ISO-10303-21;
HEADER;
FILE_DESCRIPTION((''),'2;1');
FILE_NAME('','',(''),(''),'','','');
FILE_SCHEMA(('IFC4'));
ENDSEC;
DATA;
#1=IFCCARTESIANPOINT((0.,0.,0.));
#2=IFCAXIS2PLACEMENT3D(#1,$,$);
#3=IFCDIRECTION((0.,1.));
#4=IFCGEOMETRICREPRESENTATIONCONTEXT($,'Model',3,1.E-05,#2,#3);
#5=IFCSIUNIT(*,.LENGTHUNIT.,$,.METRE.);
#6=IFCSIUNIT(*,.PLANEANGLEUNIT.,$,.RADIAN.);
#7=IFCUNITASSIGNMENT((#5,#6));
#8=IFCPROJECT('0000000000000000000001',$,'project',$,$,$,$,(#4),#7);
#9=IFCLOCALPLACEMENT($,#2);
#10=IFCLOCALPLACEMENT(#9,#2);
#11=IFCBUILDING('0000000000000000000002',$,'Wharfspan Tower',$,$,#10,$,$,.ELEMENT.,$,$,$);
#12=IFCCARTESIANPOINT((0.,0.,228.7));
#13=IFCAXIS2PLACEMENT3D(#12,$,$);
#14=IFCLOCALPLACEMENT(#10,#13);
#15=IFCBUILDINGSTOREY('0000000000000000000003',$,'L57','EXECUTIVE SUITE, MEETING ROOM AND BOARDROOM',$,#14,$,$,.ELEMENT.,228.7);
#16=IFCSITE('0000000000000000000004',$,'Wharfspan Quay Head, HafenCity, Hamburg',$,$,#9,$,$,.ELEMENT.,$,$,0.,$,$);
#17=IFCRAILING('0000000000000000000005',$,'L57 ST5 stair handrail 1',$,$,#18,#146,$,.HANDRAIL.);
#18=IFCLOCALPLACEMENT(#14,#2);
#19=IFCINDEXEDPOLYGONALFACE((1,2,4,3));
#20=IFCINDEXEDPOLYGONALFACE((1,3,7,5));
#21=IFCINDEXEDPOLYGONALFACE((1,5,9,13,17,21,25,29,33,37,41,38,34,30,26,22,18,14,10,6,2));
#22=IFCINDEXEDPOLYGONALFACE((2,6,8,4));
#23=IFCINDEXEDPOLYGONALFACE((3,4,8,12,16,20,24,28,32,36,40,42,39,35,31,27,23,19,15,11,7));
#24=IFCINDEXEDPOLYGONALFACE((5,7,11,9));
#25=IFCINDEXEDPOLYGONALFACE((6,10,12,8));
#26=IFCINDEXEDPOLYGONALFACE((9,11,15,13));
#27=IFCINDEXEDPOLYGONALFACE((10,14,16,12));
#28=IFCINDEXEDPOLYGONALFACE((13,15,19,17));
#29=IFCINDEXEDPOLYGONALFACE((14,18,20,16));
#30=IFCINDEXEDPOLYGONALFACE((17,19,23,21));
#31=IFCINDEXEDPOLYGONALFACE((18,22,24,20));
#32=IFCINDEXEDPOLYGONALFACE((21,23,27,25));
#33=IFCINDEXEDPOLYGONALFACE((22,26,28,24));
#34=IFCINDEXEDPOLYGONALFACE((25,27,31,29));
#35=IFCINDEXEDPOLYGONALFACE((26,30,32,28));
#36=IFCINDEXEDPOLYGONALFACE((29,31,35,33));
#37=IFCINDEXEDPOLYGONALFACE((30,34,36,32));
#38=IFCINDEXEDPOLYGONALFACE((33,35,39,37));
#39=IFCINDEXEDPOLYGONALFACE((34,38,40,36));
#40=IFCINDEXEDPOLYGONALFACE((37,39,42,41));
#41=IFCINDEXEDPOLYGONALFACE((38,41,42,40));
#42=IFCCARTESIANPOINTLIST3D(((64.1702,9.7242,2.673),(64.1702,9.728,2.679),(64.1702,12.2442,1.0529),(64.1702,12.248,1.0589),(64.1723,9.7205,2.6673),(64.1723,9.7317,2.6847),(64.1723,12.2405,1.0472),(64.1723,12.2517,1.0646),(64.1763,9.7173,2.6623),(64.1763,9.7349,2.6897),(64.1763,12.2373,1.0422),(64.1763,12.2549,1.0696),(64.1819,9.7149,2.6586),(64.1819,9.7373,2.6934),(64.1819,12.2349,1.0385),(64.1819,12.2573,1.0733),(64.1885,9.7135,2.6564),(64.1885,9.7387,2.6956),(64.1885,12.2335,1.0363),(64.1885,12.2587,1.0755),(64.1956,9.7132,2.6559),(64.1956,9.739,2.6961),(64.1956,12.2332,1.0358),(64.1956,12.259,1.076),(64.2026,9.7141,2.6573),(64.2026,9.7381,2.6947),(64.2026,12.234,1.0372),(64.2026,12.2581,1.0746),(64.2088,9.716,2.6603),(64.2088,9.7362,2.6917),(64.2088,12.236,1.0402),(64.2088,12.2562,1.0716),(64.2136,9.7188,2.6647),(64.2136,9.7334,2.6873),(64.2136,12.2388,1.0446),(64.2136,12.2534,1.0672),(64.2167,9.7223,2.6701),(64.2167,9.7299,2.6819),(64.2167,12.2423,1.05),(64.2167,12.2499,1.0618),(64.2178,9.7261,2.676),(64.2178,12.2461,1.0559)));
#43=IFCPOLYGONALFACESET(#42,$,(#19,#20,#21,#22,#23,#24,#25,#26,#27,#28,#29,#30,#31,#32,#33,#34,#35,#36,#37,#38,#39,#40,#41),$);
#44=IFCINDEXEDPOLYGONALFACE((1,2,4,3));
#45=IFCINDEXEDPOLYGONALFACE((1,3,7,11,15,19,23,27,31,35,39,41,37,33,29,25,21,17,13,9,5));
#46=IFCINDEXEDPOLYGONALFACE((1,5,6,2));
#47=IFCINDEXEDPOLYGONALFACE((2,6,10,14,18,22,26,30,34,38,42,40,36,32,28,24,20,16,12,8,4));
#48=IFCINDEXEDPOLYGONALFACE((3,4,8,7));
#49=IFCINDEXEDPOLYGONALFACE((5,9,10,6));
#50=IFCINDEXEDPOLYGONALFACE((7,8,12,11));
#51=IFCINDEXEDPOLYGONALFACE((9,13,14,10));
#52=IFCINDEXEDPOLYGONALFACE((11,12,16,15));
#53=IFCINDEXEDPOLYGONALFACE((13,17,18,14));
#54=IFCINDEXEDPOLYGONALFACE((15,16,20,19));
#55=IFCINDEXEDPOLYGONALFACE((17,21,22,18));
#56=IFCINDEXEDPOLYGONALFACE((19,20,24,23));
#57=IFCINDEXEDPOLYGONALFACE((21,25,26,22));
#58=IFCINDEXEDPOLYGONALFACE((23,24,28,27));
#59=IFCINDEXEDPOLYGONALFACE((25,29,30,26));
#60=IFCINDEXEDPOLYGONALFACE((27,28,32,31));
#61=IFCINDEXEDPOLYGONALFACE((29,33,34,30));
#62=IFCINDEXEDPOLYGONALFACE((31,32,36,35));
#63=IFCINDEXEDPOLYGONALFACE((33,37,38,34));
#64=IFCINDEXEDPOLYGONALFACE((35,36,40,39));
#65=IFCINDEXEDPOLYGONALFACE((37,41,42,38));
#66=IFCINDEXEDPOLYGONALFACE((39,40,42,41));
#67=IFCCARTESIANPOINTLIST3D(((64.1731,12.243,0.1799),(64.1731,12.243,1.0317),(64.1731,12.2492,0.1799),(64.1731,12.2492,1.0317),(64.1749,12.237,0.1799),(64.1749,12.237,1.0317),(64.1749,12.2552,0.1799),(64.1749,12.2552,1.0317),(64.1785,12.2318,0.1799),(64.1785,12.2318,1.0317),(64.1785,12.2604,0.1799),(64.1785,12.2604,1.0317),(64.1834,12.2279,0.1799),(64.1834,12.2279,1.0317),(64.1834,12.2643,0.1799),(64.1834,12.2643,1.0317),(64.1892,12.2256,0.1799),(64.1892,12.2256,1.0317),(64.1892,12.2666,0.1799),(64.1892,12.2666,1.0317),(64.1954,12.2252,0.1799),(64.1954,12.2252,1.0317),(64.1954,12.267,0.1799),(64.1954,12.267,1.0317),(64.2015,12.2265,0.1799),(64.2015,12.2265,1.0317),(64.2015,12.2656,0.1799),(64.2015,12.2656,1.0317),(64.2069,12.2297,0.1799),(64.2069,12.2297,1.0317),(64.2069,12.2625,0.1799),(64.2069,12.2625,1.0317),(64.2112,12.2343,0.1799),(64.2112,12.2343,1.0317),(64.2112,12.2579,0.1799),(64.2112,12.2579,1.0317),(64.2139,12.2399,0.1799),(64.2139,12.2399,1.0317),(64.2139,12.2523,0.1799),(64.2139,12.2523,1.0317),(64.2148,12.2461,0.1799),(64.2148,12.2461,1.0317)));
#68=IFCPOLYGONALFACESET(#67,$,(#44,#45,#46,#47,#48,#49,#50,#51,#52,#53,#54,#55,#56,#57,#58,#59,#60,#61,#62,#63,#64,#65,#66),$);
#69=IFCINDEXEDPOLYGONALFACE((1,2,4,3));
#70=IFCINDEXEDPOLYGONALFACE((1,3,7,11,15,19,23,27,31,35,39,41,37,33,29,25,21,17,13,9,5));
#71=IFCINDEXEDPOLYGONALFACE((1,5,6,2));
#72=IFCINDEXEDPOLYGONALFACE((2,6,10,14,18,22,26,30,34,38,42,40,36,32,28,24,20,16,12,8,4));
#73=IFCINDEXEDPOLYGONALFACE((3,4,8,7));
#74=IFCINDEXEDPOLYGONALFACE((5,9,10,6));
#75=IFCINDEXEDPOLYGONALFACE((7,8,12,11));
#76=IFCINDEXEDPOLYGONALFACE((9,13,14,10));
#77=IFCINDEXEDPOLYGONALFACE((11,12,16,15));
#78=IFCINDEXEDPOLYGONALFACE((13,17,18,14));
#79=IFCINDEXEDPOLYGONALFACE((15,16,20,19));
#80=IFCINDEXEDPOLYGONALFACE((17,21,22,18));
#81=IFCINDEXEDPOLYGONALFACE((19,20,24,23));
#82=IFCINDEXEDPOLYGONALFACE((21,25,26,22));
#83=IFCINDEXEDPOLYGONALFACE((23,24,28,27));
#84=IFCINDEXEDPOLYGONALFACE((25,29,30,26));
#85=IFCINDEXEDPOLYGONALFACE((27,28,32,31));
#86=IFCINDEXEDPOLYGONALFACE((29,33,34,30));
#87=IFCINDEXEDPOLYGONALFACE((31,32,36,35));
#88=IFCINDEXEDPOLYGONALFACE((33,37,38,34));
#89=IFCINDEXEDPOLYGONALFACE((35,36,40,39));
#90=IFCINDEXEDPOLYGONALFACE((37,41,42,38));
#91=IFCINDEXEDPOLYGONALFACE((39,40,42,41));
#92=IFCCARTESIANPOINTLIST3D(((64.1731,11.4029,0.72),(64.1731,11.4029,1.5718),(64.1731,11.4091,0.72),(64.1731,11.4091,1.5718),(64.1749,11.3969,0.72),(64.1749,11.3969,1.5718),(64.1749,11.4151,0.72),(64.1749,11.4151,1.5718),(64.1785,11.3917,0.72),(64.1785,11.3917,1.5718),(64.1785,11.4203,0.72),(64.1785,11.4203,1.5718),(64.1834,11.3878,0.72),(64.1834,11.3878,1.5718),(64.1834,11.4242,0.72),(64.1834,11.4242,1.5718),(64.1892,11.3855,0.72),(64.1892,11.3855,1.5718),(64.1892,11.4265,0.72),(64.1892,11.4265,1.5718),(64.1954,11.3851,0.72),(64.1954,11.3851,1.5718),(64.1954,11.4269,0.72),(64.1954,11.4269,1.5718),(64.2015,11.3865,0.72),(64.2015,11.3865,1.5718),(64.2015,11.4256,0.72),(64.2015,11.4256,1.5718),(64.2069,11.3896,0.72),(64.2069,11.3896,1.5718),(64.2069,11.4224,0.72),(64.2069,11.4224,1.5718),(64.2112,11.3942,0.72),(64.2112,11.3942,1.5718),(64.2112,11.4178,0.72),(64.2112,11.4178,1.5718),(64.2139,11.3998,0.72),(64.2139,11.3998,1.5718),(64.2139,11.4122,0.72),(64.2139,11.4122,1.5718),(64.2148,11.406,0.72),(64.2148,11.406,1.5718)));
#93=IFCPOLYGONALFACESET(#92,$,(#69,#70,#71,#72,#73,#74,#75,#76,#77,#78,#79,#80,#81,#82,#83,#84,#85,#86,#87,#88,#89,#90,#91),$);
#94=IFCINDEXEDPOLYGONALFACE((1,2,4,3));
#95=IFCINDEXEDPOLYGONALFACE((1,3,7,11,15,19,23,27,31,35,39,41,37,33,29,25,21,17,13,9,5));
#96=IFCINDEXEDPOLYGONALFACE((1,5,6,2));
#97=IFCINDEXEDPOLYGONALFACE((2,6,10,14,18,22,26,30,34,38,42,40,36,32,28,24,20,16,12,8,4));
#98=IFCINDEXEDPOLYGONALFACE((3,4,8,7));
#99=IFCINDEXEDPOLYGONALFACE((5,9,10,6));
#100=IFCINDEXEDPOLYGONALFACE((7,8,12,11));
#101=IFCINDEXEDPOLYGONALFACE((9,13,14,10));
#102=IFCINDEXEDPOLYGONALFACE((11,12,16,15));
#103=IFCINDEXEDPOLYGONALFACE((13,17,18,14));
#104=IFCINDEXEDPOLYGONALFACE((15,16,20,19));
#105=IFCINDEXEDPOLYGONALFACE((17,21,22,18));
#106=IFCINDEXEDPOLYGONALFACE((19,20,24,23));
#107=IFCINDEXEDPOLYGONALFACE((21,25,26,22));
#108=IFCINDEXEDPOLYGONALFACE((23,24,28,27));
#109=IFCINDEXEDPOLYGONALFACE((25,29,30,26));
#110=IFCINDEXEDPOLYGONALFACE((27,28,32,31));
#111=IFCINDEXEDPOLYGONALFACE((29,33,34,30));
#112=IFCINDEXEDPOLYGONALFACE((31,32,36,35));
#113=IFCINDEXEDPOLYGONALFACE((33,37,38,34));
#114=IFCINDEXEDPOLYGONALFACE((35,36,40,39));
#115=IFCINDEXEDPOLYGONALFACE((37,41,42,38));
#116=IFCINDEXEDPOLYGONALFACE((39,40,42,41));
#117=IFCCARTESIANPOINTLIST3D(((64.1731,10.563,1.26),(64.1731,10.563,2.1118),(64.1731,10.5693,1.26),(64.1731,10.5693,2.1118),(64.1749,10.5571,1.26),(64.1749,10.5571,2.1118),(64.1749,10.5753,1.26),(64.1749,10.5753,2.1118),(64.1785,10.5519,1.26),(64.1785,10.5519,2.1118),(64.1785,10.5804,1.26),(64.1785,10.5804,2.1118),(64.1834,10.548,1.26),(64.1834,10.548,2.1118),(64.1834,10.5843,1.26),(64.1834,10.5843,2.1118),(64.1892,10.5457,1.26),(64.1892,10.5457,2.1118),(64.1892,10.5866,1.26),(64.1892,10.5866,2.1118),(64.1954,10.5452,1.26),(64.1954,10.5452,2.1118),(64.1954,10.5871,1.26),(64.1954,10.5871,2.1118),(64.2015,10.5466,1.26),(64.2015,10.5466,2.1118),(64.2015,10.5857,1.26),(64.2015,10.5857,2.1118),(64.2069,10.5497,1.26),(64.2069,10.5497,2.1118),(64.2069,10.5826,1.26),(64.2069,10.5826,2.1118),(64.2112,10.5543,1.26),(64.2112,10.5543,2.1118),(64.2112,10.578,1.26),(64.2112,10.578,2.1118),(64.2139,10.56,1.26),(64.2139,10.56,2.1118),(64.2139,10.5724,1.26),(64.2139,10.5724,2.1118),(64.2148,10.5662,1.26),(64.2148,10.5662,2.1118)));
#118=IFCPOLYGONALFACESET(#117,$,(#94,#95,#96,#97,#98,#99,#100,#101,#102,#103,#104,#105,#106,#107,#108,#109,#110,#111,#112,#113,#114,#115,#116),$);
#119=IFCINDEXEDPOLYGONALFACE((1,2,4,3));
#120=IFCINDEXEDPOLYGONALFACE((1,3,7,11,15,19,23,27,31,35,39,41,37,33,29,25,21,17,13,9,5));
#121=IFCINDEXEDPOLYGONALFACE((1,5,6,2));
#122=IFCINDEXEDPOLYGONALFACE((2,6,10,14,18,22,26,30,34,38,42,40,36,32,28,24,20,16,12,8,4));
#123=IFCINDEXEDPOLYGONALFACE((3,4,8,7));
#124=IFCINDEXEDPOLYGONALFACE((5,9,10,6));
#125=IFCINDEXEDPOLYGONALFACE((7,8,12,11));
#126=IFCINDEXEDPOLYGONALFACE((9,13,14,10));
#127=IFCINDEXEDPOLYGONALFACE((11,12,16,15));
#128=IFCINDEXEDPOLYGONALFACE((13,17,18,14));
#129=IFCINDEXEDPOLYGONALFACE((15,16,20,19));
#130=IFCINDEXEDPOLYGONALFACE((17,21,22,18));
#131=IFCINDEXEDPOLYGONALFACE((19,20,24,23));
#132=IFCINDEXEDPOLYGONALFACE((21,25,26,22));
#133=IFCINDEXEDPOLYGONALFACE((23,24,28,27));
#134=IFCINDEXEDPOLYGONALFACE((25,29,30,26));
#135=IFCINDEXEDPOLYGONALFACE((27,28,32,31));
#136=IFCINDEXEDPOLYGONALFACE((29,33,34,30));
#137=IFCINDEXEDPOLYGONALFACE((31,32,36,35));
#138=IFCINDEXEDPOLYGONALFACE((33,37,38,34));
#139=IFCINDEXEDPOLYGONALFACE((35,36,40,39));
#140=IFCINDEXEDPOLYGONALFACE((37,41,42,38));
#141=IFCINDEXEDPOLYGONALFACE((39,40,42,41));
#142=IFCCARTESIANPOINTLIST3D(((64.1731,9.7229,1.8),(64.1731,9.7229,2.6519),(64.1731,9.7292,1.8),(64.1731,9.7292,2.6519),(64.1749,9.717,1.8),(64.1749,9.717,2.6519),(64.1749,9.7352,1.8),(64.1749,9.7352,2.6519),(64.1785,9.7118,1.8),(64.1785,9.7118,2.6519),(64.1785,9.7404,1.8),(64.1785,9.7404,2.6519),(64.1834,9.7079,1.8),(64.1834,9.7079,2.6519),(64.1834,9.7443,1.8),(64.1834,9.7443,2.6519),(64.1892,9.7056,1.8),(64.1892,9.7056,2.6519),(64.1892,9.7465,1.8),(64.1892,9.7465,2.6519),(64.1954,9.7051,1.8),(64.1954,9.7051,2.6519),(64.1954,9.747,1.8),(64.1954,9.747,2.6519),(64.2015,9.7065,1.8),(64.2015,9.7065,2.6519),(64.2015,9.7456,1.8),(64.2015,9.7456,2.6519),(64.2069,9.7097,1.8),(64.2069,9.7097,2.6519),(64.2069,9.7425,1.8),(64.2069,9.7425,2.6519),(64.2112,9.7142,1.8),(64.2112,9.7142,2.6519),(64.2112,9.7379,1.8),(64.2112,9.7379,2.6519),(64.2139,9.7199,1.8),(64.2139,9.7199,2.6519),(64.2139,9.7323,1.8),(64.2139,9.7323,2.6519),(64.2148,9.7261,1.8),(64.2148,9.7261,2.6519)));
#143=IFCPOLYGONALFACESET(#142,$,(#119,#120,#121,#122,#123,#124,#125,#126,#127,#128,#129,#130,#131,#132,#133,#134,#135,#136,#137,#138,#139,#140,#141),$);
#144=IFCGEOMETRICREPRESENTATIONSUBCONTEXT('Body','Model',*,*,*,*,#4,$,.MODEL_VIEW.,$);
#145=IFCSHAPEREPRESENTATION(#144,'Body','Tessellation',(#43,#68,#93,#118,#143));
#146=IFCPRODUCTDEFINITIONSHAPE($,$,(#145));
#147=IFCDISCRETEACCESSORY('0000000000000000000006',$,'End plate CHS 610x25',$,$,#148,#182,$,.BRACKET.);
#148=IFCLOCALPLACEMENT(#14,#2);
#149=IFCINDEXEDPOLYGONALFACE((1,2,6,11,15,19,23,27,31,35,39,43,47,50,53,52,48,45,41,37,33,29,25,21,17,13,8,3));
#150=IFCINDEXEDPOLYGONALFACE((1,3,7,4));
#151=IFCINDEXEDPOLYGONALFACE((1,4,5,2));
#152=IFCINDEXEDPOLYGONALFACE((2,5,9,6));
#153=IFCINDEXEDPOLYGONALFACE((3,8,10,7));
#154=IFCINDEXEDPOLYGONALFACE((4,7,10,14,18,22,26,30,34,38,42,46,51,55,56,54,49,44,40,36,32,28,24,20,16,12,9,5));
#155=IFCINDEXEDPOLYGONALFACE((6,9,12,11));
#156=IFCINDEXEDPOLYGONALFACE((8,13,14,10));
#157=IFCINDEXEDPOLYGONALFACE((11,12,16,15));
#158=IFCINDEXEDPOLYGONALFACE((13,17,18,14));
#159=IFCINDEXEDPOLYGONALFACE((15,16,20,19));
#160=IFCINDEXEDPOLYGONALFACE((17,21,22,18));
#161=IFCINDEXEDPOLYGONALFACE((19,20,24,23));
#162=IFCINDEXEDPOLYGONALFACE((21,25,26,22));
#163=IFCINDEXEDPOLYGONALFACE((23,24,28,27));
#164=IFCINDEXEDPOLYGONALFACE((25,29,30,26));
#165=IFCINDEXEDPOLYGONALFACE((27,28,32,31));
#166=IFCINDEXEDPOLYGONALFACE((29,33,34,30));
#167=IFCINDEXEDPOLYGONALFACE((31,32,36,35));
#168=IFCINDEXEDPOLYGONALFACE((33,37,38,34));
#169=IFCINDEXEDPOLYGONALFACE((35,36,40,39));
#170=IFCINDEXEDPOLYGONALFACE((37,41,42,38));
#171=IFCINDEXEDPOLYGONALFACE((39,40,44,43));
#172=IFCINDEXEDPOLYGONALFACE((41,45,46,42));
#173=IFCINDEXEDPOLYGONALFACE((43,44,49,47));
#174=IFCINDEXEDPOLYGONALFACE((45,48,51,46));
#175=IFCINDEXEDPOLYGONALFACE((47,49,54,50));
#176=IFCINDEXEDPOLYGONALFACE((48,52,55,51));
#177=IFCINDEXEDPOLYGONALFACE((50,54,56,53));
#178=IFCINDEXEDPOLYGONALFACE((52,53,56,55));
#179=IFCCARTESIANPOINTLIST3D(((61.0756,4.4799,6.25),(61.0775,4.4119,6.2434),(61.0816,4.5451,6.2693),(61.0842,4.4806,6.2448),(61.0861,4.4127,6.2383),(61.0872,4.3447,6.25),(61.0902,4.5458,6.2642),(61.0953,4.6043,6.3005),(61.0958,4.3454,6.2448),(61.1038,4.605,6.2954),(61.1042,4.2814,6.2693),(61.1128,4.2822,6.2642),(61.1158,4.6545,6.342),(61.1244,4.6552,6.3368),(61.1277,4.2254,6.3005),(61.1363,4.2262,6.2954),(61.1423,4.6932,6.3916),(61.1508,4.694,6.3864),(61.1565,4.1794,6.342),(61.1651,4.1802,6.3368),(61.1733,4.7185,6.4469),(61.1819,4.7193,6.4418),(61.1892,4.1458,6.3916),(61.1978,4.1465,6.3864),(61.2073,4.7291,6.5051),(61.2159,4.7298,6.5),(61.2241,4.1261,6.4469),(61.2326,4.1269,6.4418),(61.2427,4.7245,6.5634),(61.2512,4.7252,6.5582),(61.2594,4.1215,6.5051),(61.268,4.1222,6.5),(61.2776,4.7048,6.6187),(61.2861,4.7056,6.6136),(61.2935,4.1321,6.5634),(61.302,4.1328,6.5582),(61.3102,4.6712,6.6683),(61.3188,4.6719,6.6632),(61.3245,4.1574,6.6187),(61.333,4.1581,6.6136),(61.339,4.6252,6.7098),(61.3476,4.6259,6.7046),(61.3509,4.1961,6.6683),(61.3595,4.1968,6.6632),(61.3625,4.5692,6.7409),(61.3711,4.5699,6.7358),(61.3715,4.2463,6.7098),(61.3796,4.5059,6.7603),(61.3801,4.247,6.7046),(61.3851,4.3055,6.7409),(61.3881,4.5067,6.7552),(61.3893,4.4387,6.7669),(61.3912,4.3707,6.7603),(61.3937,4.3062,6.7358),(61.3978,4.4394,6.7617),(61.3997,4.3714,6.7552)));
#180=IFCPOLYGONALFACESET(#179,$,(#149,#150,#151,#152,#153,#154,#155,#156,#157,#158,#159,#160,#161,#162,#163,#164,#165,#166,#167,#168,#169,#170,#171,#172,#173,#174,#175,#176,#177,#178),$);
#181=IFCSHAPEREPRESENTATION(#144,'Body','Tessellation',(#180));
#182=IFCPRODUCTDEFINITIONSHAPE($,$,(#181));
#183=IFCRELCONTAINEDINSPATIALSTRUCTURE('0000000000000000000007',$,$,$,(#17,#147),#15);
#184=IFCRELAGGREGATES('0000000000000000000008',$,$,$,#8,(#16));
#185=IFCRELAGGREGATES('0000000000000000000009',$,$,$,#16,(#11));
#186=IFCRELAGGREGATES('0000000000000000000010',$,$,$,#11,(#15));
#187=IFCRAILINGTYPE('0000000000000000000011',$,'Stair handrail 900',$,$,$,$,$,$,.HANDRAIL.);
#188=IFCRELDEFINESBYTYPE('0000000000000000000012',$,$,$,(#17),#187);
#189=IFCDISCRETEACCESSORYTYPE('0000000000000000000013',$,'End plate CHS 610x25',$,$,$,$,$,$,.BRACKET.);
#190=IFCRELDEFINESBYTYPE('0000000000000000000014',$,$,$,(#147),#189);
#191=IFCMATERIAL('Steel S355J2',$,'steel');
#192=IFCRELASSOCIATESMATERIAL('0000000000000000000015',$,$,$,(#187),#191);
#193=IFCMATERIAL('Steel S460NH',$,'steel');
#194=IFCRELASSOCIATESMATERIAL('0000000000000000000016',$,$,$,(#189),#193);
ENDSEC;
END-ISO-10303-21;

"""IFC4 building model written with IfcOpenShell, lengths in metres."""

from ifc_helpers import new_model, si_unit, direction, frame, origin, origin_2d, place, context, subcontext, project, spatial, circle, extrude, material, material_profile, profile_set, type_object, element, save


model = new_model("IFC4")

# Units and contexts
model_context = context("Model", 3, precision=1e-05, world=origin(), true_north=direction((0.0, 1.0)))
body_context = subcontext(model_context, "Body", "Model", "MODEL_VIEW")
ifc_project = project(units=[si_unit("LENGTHUNIT", "METRE"), si_unit("PLANEANGLEUNIT", "RADIAN")], contexts=[model_context])

# Site, building, storey
site_placement = place(None, origin())
site = spatial("IfcSite", under=ifc_project, at=site_placement, Name="Wharfspan Quay Head, HafenCity, Hamburg", CompositionType="ELEMENT", RefElevation=0.0)
building_placement = place(site_placement, origin())
building = spatial("IfcBuilding", under=site, at=building_placement, Name="Wharfspan Tower", CompositionType="ELEMENT")
storey_placement = place(building_placement, frame((0.0, 0.0, 228.7)))
storey = spatial("IfcBuildingStorey", under=building, at=storey_placement, Name="L57", Description="EXECUTIVE SUITE, MEETING ROOM AND BOARDROOM", CompositionType="ELEMENT", Elevation=228.7)

# Shared definitions
ifc_material_1 = material(Name="Steel S355J2", Category="steel")

# Railing
railing_type_1 = type_object("IfcRailingType", Name="Stair handrail 900", PredefinedType="HANDRAIL", material=ifc_material_1)
railing_1_placement = place(storey_placement, frame((64.1938, 12.2461, 0.1799)))
element("IfcRailing", 1, at=railing_1_placement, inside=storey, type_object=railing_type_1, Name="L57 ST5 stair handrail 1", PredefinedType="HANDRAIL", context=body_context, shape_type="SweptSolid", body=[
    extrude(circle(Radius=0.0239, at=origin_2d()), frame((0.0, 0.0, 0.876), z_axis=(0.0, -0.841163, 0.540782), x_axis=(1.0, 0.0, 0.0)), (0.0, 0.0, 1.0), 2.9958),
    extrude(circle(Radius=0.021, at=origin_2d()), origin(), (0.0, 0.0, 1.0), 0.8518),
    extrude(circle(Radius=0.021, at=origin_2d()), frame((0.0, -0.8401, 0.54)), (0.0, 0.0, 1.0), 0.8518),
    extrude(circle(Radius=0.021, at=origin_2d()), frame((0.0, -1.6799, 1.0801)), (0.0, 0.0, 1.0), 0.8518),
    extrude(circle(Radius=0.021, at=origin_2d()), frame((0.0, -2.52, 1.6201)), (0.0, 0.0, 1.0), 0.8518),
])

# Discrete accessory
ifc_material_2 = material(Name="Steel S460NH", Category="steel")
ifc_material_profile_1 = material_profile(ifc_material_2, circle(Radius=0.3049, at=origin_2d()))
ifc_profile_set_1 = profile_set([ifc_material_profile_1], Name="Steel S460NH")
discrete_accessory_type = type_object("IfcDiscreteAccessoryType", Name="End plate CHS 610x25", PredefinedType="BRACKET", material=ifc_profile_set_1)
discrete_accessory_placement = place(storey_placement, frame((61.2419, 4.426, 6.5), z_axis=(-0.855186, -0.073302, 0.513112), x_axis=(0.085402, -0.996345, 0.000001)))
element("IfcDiscreteAccessory", 2, at=discrete_accessory_placement, inside=storey, type_object=discrete_accessory_type, Name="End plate CHS 610x25", PredefinedType="BRACKET", context=body_context, shape_type="SweptSolid", body=[
    extrude(circle(Radius=0.3049, at=origin_2d()), origin(), (0.0, 0.0, 1.0), 0.01),
])

save(model, "model.ifc")
